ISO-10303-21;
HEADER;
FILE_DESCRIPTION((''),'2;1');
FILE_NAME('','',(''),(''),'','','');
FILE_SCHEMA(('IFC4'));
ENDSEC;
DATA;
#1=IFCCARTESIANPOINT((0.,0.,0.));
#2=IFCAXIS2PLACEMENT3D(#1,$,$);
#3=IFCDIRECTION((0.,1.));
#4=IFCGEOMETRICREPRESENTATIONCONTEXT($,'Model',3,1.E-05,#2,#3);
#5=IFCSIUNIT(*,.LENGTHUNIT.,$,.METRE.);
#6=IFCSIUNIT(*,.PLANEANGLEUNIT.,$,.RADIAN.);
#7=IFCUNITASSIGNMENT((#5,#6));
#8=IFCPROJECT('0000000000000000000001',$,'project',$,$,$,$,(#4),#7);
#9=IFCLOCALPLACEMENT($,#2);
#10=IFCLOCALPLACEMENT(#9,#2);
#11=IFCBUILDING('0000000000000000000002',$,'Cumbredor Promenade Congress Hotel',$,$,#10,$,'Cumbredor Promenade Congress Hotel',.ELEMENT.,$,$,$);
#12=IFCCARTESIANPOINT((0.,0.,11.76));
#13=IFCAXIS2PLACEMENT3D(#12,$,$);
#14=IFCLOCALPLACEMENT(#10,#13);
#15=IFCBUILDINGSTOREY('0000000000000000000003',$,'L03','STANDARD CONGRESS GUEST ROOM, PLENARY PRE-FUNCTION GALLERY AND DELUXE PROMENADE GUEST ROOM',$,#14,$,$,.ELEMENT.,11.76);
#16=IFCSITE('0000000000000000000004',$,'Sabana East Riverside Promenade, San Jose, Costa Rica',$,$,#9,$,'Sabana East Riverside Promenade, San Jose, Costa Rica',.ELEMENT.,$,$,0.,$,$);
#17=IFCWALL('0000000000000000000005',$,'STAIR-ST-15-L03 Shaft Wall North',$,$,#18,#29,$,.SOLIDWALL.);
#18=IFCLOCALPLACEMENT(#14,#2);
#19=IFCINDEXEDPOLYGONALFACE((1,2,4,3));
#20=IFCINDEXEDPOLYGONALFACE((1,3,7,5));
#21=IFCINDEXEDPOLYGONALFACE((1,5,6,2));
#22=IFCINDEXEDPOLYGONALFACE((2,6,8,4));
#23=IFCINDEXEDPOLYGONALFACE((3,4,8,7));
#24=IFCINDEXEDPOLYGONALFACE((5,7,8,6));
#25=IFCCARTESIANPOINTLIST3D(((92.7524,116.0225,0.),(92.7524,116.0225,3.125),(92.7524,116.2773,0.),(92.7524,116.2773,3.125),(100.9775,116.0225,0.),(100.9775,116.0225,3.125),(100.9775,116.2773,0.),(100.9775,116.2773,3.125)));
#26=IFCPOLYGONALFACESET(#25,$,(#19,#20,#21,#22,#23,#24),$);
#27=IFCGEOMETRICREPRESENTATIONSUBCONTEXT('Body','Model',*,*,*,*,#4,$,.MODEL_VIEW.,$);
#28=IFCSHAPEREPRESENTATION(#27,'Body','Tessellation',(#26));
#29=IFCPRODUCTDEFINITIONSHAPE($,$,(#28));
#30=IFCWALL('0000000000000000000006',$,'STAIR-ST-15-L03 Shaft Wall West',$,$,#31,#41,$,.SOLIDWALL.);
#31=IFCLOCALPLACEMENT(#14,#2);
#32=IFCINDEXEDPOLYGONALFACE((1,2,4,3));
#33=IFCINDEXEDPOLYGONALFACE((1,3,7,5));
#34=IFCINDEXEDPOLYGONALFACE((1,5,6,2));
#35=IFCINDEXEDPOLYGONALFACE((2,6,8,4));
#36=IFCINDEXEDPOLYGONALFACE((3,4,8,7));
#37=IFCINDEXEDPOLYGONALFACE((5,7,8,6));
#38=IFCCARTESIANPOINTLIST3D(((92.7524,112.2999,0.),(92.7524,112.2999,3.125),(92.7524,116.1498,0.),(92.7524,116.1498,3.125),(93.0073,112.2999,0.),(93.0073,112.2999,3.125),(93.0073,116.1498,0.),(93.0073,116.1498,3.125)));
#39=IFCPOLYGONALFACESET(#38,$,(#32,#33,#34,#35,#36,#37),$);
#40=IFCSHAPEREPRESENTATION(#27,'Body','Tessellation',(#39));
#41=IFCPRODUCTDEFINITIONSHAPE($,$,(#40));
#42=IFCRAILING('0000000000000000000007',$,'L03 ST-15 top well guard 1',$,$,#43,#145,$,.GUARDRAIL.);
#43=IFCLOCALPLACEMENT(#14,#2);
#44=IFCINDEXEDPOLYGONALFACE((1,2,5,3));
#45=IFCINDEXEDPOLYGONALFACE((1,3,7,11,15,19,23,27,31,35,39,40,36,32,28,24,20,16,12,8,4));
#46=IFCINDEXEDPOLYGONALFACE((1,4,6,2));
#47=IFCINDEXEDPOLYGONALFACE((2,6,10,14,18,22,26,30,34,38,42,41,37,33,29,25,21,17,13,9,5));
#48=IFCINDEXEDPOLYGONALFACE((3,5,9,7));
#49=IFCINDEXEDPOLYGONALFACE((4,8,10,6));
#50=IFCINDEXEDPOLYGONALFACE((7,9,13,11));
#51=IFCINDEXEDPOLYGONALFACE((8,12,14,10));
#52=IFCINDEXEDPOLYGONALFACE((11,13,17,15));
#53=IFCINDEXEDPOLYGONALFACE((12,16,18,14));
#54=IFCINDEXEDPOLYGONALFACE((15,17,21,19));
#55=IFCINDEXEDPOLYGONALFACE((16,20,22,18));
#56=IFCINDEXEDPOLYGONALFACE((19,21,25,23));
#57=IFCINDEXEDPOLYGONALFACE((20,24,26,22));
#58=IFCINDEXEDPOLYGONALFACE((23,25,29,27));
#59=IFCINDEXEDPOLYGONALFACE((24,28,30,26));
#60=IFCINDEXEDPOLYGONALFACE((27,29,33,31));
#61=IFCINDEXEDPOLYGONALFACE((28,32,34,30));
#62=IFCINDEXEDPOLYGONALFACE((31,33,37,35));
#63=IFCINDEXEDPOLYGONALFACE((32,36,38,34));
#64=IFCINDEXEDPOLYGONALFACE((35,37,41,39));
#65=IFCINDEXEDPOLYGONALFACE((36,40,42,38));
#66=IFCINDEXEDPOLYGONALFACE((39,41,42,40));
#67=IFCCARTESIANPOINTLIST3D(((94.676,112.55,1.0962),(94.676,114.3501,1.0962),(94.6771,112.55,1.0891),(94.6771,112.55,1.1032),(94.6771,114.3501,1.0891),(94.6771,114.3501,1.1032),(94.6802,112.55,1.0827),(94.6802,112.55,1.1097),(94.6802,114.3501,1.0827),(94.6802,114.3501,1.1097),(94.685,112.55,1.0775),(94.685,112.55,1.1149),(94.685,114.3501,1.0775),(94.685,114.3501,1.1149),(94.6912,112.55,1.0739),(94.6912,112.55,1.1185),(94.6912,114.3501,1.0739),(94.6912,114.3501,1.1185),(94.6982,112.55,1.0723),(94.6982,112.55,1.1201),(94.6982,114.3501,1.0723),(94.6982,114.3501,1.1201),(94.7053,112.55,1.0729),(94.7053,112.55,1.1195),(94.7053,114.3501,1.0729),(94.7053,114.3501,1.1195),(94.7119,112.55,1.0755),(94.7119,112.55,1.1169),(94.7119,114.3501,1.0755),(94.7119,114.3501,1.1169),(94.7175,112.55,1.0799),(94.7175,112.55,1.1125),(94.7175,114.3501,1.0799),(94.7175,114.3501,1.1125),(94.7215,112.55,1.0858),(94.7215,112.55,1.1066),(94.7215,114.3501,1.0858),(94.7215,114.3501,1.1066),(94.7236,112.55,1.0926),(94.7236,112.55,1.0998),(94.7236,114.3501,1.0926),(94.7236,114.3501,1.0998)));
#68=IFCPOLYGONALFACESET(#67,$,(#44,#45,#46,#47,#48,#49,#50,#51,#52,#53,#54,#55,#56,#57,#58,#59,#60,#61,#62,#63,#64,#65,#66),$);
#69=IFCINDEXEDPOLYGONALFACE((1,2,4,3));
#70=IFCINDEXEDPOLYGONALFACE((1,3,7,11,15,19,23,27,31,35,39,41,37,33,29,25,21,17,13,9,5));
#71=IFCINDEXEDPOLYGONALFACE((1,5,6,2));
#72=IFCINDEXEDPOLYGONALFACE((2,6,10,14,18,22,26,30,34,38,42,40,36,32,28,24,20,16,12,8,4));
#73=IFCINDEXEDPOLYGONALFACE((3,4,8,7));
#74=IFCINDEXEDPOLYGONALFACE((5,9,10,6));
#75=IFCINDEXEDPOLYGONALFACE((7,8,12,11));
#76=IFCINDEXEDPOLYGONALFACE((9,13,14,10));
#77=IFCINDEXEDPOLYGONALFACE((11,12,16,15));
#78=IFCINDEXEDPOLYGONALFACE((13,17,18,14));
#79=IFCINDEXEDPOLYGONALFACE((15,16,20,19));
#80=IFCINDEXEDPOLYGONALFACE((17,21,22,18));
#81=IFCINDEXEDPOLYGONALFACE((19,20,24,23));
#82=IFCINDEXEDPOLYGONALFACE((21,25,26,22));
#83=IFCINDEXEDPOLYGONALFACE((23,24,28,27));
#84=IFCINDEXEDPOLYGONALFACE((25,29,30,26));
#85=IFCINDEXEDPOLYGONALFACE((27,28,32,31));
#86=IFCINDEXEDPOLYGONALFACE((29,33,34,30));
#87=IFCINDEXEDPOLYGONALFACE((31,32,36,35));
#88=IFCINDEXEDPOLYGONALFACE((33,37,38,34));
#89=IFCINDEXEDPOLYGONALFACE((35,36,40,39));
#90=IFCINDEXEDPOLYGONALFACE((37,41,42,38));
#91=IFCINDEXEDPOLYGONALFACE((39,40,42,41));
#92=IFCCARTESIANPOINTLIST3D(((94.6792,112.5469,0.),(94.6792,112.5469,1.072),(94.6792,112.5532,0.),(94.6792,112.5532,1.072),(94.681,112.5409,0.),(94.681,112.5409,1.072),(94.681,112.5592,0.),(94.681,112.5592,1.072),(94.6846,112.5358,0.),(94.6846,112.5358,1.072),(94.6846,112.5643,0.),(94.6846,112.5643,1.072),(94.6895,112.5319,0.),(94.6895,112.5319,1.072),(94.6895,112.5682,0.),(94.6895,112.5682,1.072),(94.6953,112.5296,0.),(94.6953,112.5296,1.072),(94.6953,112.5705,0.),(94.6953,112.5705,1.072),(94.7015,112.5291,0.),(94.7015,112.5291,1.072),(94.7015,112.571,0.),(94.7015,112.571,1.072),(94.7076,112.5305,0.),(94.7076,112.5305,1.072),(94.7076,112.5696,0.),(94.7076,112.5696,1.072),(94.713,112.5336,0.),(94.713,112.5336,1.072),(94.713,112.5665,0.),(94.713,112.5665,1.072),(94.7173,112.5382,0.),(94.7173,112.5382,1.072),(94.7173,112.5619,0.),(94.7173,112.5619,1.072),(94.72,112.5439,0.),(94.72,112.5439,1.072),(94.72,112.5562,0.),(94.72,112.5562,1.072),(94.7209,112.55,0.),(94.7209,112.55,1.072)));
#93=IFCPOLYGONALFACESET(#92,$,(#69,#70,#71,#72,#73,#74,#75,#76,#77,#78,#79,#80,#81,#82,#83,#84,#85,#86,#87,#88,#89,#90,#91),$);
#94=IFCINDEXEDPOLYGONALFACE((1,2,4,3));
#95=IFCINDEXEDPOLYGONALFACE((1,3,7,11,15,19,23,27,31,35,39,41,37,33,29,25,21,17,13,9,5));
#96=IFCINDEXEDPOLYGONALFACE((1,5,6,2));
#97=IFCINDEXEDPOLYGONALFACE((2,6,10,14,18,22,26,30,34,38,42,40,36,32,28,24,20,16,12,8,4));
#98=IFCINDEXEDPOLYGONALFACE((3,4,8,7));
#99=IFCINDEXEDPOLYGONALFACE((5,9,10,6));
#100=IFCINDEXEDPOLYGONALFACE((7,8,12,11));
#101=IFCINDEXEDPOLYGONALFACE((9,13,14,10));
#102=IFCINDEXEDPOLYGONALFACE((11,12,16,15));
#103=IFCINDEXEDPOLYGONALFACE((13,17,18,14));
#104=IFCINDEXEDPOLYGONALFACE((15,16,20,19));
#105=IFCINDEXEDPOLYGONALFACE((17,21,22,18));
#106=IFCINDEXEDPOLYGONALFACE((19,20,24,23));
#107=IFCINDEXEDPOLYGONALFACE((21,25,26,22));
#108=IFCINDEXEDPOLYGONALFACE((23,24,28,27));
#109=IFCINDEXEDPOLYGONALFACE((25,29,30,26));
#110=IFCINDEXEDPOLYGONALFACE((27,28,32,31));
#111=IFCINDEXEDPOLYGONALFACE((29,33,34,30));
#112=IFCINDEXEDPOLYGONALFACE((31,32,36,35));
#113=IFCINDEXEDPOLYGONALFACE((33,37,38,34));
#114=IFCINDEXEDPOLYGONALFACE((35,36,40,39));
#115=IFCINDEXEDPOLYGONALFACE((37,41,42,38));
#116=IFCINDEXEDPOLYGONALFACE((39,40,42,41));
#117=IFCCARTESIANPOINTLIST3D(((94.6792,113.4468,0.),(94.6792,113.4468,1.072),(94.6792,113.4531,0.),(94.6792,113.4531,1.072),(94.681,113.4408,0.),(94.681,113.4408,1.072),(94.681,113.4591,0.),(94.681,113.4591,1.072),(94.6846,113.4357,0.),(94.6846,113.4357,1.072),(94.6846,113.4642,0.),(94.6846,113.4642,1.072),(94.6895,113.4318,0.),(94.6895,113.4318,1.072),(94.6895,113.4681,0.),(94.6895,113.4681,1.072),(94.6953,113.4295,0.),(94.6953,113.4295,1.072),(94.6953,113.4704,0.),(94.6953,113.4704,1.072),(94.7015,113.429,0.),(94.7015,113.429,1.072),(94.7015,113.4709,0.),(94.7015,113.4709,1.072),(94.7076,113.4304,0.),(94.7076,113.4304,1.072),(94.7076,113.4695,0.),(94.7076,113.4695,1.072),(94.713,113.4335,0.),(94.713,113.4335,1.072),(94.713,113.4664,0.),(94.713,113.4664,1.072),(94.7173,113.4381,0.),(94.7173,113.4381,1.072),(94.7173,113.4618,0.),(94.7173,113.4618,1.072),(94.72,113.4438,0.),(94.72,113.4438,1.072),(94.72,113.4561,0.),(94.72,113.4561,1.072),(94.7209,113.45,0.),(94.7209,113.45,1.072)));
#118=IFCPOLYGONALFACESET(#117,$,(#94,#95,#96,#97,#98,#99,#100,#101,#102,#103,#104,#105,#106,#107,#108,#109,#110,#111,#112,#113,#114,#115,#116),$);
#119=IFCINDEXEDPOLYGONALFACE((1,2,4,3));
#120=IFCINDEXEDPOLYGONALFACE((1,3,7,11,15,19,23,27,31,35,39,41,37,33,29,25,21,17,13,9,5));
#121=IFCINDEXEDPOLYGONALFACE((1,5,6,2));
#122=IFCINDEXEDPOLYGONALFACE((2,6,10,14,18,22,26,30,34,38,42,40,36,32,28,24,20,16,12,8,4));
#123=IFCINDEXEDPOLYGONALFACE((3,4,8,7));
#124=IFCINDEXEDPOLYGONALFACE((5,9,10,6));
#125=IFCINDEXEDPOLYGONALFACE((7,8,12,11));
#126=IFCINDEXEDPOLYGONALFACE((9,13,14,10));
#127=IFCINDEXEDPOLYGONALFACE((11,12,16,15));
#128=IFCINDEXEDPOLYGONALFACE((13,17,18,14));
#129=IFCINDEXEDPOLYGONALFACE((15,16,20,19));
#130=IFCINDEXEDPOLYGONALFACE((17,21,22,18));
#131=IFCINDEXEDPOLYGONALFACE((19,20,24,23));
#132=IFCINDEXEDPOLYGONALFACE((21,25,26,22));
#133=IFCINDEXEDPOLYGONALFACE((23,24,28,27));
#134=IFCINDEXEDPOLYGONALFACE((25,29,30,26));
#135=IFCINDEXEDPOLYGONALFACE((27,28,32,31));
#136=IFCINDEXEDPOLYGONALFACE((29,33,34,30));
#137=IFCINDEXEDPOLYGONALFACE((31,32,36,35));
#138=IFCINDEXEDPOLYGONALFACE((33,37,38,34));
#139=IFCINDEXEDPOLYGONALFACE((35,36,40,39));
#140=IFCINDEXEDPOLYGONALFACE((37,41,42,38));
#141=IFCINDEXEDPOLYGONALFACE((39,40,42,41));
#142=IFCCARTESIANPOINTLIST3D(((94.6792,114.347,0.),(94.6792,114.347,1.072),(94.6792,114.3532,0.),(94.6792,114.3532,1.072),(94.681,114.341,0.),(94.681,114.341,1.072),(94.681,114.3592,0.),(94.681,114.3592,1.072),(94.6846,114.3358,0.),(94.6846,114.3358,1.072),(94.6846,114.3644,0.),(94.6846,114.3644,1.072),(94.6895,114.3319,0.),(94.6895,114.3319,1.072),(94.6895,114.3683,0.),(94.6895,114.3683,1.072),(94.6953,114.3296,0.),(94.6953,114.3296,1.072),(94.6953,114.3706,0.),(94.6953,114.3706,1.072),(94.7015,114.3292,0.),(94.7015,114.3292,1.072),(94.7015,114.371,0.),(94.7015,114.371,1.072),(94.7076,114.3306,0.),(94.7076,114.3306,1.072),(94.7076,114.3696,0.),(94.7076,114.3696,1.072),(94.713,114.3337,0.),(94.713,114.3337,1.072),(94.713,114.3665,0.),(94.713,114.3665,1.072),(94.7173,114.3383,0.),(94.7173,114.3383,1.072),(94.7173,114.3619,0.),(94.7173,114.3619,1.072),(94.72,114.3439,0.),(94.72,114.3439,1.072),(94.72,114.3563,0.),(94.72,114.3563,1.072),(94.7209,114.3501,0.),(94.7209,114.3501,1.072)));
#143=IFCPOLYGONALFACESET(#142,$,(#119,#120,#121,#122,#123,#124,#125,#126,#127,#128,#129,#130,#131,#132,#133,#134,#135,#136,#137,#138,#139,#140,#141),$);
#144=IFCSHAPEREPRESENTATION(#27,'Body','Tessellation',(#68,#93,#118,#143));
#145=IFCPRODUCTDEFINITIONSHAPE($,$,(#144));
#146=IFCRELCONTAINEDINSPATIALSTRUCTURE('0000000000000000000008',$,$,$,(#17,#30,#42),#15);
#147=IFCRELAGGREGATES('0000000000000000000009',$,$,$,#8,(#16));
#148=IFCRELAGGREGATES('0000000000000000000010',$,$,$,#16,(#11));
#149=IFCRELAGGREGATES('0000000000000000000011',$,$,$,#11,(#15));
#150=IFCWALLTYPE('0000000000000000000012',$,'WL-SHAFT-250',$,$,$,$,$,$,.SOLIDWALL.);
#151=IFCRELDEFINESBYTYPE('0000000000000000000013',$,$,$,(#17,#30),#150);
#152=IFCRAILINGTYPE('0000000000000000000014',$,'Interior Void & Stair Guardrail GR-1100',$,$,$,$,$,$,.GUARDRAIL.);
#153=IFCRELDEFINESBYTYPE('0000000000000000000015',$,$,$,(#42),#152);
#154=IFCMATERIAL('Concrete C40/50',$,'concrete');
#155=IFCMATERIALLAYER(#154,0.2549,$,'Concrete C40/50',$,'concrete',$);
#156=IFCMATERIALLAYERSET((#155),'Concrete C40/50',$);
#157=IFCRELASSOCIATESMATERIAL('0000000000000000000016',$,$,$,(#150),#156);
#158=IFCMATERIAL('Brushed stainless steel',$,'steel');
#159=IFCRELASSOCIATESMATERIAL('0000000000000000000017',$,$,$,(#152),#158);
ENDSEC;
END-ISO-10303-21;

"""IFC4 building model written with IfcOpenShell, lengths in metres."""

from ifc_helpers import new_model, si_unit, direction, frame, frame_2d, origin, origin_2d, place, context, subcontext, project, spatial, rectangle, circle, extrude, material, layer, layer_set, type_object, element, save


model = new_model("IFC4")

# Units and contexts
model_context = context("Model", 3, precision=1e-05, world=origin(), true_north=direction((0.0, 1.0)))
body_context = subcontext(model_context, "Body", "Model", "MODEL_VIEW")
ifc_project = project(units=[si_unit("LENGTHUNIT", "METRE"), si_unit("PLANEANGLEUNIT", "RADIAN")], contexts=[model_context])

# Site, building, storey
site_placement = place(None, origin())
site = spatial("IfcSite", under=ifc_project, at=site_placement, Name="Sabana East Riverside Promenade, San Jose, Costa Rica", LongName="Sabana East Riverside Promenade, San Jose, Costa Rica", CompositionType="ELEMENT", RefElevation=0.0)
building_placement = place(site_placement, origin())
building = spatial("IfcBuilding", under=site, at=building_placement, Name="Cumbredor Promenade Congress Hotel", LongName="Cumbredor Promenade Congress Hotel", CompositionType="ELEMENT")
storey_placement = place(building_placement, frame((0.0, 0.0, 11.76)))
storey = spatial("IfcBuildingStorey", under=building, at=storey_placement, Name="L03", Description="STANDARD CONGRESS GUEST ROOM, PLENARY PRE-FUNCTION GALLERY AND DELUXE PROMENADE GUEST ROOM", CompositionType="ELEMENT", Elevation=11.76)

# Shared definitions
ifc_material_1 = material(Name="Concrete C40/50", Category="concrete")

# Shared definitions
ifc_layer_1 = layer(ifc_material_1, 0.2549, Name="Concrete C40/50", Category="concrete")
ifc_layer_set_1 = layer_set([ifc_layer_1], Name="Concrete C40/50")
wall_type_1 = type_object("IfcWallType", Name="WL-SHAFT-250", PredefinedType="SOLIDWALL", material=ifc_layer_set_1)

# Walls
wall_1_placement = place(storey_placement, frame((92.7524, 116.1499, 0.0), z_axis=(0.0, 0.0, 1.0), x_axis=(1.0, 0.0, 0.0)))
element("IfcWall", 1, at=wall_1_placement, inside=storey, type_object=wall_type_1, Name="STAIR-ST-15-L03 Shaft Wall North", PredefinedType="SOLIDWALL", context=body_context, shape_type="SweptSolid", body=[
    extrude(rectangle(XDim=8.2251, YDim=0.2549, at=frame_2d((4.1125, 0.0))), origin(), (0.0, 0.0, 1.0), 3.125),
])
wall_2_placement = place(storey_placement, frame((92.8799, 112.3, 0.0), z_axis=(0.0, 0.0, 1.0), x_axis=(0.0, 1.0, 0.0)))
element("IfcWall", 2, at=wall_2_placement, inside=storey, type_object=wall_type_1, Name="STAIR-ST-15-L03 Shaft Wall West", PredefinedType="SOLIDWALL", context=body_context, shape_type="SweptSolid", body=[
    extrude(rectangle(XDim=3.8499, YDim=0.2549, at=frame_2d((1.9248, 0.0))), origin(), (0.0, 0.0, 1.0), 3.125),
])

# Railing
ifc_material_2 = material(Name="Brushed stainless steel", Category="steel")
railing_type = type_object("IfcRailingType", Name="Interior Void & Stair Guardrail GR-1100", PredefinedType="GUARDRAIL", material=ifc_material_2)
railing_placement = place(storey_placement, frame((94.7, 112.55, 0.0)))
element("IfcRailing", 3, at=railing_placement, inside=storey, type_object=railing_type, Name="L03 ST-15 top well guard 1", PredefinedType="GUARDRAIL", context=body_context, shape_type="SweptSolid", body=[
    extrude(circle(Radius=0.0239, at=origin_2d()), frame((0.0, 0.0, 1.0962), z_axis=(0.0, 1.0, 0.0), x_axis=(-1.0, 0.0, 0.0)), (0.0, 0.0, 1.0), 1.8),
    extrude(circle(Radius=0.021, at=origin_2d()), origin(), (0.0, 0.0, 1.0), 1.072),
    extrude(circle(Radius=0.021, at=origin_2d()), frame((0.0, 0.8999, 0.0)), (0.0, 0.0, 1.0), 1.072),
    extrude(circle(Radius=0.021, at=origin_2d()), frame((0.0, 1.8, 0.0)), (0.0, 0.0, 1.0), 1.072),
])

save(model, "model.ifc")
